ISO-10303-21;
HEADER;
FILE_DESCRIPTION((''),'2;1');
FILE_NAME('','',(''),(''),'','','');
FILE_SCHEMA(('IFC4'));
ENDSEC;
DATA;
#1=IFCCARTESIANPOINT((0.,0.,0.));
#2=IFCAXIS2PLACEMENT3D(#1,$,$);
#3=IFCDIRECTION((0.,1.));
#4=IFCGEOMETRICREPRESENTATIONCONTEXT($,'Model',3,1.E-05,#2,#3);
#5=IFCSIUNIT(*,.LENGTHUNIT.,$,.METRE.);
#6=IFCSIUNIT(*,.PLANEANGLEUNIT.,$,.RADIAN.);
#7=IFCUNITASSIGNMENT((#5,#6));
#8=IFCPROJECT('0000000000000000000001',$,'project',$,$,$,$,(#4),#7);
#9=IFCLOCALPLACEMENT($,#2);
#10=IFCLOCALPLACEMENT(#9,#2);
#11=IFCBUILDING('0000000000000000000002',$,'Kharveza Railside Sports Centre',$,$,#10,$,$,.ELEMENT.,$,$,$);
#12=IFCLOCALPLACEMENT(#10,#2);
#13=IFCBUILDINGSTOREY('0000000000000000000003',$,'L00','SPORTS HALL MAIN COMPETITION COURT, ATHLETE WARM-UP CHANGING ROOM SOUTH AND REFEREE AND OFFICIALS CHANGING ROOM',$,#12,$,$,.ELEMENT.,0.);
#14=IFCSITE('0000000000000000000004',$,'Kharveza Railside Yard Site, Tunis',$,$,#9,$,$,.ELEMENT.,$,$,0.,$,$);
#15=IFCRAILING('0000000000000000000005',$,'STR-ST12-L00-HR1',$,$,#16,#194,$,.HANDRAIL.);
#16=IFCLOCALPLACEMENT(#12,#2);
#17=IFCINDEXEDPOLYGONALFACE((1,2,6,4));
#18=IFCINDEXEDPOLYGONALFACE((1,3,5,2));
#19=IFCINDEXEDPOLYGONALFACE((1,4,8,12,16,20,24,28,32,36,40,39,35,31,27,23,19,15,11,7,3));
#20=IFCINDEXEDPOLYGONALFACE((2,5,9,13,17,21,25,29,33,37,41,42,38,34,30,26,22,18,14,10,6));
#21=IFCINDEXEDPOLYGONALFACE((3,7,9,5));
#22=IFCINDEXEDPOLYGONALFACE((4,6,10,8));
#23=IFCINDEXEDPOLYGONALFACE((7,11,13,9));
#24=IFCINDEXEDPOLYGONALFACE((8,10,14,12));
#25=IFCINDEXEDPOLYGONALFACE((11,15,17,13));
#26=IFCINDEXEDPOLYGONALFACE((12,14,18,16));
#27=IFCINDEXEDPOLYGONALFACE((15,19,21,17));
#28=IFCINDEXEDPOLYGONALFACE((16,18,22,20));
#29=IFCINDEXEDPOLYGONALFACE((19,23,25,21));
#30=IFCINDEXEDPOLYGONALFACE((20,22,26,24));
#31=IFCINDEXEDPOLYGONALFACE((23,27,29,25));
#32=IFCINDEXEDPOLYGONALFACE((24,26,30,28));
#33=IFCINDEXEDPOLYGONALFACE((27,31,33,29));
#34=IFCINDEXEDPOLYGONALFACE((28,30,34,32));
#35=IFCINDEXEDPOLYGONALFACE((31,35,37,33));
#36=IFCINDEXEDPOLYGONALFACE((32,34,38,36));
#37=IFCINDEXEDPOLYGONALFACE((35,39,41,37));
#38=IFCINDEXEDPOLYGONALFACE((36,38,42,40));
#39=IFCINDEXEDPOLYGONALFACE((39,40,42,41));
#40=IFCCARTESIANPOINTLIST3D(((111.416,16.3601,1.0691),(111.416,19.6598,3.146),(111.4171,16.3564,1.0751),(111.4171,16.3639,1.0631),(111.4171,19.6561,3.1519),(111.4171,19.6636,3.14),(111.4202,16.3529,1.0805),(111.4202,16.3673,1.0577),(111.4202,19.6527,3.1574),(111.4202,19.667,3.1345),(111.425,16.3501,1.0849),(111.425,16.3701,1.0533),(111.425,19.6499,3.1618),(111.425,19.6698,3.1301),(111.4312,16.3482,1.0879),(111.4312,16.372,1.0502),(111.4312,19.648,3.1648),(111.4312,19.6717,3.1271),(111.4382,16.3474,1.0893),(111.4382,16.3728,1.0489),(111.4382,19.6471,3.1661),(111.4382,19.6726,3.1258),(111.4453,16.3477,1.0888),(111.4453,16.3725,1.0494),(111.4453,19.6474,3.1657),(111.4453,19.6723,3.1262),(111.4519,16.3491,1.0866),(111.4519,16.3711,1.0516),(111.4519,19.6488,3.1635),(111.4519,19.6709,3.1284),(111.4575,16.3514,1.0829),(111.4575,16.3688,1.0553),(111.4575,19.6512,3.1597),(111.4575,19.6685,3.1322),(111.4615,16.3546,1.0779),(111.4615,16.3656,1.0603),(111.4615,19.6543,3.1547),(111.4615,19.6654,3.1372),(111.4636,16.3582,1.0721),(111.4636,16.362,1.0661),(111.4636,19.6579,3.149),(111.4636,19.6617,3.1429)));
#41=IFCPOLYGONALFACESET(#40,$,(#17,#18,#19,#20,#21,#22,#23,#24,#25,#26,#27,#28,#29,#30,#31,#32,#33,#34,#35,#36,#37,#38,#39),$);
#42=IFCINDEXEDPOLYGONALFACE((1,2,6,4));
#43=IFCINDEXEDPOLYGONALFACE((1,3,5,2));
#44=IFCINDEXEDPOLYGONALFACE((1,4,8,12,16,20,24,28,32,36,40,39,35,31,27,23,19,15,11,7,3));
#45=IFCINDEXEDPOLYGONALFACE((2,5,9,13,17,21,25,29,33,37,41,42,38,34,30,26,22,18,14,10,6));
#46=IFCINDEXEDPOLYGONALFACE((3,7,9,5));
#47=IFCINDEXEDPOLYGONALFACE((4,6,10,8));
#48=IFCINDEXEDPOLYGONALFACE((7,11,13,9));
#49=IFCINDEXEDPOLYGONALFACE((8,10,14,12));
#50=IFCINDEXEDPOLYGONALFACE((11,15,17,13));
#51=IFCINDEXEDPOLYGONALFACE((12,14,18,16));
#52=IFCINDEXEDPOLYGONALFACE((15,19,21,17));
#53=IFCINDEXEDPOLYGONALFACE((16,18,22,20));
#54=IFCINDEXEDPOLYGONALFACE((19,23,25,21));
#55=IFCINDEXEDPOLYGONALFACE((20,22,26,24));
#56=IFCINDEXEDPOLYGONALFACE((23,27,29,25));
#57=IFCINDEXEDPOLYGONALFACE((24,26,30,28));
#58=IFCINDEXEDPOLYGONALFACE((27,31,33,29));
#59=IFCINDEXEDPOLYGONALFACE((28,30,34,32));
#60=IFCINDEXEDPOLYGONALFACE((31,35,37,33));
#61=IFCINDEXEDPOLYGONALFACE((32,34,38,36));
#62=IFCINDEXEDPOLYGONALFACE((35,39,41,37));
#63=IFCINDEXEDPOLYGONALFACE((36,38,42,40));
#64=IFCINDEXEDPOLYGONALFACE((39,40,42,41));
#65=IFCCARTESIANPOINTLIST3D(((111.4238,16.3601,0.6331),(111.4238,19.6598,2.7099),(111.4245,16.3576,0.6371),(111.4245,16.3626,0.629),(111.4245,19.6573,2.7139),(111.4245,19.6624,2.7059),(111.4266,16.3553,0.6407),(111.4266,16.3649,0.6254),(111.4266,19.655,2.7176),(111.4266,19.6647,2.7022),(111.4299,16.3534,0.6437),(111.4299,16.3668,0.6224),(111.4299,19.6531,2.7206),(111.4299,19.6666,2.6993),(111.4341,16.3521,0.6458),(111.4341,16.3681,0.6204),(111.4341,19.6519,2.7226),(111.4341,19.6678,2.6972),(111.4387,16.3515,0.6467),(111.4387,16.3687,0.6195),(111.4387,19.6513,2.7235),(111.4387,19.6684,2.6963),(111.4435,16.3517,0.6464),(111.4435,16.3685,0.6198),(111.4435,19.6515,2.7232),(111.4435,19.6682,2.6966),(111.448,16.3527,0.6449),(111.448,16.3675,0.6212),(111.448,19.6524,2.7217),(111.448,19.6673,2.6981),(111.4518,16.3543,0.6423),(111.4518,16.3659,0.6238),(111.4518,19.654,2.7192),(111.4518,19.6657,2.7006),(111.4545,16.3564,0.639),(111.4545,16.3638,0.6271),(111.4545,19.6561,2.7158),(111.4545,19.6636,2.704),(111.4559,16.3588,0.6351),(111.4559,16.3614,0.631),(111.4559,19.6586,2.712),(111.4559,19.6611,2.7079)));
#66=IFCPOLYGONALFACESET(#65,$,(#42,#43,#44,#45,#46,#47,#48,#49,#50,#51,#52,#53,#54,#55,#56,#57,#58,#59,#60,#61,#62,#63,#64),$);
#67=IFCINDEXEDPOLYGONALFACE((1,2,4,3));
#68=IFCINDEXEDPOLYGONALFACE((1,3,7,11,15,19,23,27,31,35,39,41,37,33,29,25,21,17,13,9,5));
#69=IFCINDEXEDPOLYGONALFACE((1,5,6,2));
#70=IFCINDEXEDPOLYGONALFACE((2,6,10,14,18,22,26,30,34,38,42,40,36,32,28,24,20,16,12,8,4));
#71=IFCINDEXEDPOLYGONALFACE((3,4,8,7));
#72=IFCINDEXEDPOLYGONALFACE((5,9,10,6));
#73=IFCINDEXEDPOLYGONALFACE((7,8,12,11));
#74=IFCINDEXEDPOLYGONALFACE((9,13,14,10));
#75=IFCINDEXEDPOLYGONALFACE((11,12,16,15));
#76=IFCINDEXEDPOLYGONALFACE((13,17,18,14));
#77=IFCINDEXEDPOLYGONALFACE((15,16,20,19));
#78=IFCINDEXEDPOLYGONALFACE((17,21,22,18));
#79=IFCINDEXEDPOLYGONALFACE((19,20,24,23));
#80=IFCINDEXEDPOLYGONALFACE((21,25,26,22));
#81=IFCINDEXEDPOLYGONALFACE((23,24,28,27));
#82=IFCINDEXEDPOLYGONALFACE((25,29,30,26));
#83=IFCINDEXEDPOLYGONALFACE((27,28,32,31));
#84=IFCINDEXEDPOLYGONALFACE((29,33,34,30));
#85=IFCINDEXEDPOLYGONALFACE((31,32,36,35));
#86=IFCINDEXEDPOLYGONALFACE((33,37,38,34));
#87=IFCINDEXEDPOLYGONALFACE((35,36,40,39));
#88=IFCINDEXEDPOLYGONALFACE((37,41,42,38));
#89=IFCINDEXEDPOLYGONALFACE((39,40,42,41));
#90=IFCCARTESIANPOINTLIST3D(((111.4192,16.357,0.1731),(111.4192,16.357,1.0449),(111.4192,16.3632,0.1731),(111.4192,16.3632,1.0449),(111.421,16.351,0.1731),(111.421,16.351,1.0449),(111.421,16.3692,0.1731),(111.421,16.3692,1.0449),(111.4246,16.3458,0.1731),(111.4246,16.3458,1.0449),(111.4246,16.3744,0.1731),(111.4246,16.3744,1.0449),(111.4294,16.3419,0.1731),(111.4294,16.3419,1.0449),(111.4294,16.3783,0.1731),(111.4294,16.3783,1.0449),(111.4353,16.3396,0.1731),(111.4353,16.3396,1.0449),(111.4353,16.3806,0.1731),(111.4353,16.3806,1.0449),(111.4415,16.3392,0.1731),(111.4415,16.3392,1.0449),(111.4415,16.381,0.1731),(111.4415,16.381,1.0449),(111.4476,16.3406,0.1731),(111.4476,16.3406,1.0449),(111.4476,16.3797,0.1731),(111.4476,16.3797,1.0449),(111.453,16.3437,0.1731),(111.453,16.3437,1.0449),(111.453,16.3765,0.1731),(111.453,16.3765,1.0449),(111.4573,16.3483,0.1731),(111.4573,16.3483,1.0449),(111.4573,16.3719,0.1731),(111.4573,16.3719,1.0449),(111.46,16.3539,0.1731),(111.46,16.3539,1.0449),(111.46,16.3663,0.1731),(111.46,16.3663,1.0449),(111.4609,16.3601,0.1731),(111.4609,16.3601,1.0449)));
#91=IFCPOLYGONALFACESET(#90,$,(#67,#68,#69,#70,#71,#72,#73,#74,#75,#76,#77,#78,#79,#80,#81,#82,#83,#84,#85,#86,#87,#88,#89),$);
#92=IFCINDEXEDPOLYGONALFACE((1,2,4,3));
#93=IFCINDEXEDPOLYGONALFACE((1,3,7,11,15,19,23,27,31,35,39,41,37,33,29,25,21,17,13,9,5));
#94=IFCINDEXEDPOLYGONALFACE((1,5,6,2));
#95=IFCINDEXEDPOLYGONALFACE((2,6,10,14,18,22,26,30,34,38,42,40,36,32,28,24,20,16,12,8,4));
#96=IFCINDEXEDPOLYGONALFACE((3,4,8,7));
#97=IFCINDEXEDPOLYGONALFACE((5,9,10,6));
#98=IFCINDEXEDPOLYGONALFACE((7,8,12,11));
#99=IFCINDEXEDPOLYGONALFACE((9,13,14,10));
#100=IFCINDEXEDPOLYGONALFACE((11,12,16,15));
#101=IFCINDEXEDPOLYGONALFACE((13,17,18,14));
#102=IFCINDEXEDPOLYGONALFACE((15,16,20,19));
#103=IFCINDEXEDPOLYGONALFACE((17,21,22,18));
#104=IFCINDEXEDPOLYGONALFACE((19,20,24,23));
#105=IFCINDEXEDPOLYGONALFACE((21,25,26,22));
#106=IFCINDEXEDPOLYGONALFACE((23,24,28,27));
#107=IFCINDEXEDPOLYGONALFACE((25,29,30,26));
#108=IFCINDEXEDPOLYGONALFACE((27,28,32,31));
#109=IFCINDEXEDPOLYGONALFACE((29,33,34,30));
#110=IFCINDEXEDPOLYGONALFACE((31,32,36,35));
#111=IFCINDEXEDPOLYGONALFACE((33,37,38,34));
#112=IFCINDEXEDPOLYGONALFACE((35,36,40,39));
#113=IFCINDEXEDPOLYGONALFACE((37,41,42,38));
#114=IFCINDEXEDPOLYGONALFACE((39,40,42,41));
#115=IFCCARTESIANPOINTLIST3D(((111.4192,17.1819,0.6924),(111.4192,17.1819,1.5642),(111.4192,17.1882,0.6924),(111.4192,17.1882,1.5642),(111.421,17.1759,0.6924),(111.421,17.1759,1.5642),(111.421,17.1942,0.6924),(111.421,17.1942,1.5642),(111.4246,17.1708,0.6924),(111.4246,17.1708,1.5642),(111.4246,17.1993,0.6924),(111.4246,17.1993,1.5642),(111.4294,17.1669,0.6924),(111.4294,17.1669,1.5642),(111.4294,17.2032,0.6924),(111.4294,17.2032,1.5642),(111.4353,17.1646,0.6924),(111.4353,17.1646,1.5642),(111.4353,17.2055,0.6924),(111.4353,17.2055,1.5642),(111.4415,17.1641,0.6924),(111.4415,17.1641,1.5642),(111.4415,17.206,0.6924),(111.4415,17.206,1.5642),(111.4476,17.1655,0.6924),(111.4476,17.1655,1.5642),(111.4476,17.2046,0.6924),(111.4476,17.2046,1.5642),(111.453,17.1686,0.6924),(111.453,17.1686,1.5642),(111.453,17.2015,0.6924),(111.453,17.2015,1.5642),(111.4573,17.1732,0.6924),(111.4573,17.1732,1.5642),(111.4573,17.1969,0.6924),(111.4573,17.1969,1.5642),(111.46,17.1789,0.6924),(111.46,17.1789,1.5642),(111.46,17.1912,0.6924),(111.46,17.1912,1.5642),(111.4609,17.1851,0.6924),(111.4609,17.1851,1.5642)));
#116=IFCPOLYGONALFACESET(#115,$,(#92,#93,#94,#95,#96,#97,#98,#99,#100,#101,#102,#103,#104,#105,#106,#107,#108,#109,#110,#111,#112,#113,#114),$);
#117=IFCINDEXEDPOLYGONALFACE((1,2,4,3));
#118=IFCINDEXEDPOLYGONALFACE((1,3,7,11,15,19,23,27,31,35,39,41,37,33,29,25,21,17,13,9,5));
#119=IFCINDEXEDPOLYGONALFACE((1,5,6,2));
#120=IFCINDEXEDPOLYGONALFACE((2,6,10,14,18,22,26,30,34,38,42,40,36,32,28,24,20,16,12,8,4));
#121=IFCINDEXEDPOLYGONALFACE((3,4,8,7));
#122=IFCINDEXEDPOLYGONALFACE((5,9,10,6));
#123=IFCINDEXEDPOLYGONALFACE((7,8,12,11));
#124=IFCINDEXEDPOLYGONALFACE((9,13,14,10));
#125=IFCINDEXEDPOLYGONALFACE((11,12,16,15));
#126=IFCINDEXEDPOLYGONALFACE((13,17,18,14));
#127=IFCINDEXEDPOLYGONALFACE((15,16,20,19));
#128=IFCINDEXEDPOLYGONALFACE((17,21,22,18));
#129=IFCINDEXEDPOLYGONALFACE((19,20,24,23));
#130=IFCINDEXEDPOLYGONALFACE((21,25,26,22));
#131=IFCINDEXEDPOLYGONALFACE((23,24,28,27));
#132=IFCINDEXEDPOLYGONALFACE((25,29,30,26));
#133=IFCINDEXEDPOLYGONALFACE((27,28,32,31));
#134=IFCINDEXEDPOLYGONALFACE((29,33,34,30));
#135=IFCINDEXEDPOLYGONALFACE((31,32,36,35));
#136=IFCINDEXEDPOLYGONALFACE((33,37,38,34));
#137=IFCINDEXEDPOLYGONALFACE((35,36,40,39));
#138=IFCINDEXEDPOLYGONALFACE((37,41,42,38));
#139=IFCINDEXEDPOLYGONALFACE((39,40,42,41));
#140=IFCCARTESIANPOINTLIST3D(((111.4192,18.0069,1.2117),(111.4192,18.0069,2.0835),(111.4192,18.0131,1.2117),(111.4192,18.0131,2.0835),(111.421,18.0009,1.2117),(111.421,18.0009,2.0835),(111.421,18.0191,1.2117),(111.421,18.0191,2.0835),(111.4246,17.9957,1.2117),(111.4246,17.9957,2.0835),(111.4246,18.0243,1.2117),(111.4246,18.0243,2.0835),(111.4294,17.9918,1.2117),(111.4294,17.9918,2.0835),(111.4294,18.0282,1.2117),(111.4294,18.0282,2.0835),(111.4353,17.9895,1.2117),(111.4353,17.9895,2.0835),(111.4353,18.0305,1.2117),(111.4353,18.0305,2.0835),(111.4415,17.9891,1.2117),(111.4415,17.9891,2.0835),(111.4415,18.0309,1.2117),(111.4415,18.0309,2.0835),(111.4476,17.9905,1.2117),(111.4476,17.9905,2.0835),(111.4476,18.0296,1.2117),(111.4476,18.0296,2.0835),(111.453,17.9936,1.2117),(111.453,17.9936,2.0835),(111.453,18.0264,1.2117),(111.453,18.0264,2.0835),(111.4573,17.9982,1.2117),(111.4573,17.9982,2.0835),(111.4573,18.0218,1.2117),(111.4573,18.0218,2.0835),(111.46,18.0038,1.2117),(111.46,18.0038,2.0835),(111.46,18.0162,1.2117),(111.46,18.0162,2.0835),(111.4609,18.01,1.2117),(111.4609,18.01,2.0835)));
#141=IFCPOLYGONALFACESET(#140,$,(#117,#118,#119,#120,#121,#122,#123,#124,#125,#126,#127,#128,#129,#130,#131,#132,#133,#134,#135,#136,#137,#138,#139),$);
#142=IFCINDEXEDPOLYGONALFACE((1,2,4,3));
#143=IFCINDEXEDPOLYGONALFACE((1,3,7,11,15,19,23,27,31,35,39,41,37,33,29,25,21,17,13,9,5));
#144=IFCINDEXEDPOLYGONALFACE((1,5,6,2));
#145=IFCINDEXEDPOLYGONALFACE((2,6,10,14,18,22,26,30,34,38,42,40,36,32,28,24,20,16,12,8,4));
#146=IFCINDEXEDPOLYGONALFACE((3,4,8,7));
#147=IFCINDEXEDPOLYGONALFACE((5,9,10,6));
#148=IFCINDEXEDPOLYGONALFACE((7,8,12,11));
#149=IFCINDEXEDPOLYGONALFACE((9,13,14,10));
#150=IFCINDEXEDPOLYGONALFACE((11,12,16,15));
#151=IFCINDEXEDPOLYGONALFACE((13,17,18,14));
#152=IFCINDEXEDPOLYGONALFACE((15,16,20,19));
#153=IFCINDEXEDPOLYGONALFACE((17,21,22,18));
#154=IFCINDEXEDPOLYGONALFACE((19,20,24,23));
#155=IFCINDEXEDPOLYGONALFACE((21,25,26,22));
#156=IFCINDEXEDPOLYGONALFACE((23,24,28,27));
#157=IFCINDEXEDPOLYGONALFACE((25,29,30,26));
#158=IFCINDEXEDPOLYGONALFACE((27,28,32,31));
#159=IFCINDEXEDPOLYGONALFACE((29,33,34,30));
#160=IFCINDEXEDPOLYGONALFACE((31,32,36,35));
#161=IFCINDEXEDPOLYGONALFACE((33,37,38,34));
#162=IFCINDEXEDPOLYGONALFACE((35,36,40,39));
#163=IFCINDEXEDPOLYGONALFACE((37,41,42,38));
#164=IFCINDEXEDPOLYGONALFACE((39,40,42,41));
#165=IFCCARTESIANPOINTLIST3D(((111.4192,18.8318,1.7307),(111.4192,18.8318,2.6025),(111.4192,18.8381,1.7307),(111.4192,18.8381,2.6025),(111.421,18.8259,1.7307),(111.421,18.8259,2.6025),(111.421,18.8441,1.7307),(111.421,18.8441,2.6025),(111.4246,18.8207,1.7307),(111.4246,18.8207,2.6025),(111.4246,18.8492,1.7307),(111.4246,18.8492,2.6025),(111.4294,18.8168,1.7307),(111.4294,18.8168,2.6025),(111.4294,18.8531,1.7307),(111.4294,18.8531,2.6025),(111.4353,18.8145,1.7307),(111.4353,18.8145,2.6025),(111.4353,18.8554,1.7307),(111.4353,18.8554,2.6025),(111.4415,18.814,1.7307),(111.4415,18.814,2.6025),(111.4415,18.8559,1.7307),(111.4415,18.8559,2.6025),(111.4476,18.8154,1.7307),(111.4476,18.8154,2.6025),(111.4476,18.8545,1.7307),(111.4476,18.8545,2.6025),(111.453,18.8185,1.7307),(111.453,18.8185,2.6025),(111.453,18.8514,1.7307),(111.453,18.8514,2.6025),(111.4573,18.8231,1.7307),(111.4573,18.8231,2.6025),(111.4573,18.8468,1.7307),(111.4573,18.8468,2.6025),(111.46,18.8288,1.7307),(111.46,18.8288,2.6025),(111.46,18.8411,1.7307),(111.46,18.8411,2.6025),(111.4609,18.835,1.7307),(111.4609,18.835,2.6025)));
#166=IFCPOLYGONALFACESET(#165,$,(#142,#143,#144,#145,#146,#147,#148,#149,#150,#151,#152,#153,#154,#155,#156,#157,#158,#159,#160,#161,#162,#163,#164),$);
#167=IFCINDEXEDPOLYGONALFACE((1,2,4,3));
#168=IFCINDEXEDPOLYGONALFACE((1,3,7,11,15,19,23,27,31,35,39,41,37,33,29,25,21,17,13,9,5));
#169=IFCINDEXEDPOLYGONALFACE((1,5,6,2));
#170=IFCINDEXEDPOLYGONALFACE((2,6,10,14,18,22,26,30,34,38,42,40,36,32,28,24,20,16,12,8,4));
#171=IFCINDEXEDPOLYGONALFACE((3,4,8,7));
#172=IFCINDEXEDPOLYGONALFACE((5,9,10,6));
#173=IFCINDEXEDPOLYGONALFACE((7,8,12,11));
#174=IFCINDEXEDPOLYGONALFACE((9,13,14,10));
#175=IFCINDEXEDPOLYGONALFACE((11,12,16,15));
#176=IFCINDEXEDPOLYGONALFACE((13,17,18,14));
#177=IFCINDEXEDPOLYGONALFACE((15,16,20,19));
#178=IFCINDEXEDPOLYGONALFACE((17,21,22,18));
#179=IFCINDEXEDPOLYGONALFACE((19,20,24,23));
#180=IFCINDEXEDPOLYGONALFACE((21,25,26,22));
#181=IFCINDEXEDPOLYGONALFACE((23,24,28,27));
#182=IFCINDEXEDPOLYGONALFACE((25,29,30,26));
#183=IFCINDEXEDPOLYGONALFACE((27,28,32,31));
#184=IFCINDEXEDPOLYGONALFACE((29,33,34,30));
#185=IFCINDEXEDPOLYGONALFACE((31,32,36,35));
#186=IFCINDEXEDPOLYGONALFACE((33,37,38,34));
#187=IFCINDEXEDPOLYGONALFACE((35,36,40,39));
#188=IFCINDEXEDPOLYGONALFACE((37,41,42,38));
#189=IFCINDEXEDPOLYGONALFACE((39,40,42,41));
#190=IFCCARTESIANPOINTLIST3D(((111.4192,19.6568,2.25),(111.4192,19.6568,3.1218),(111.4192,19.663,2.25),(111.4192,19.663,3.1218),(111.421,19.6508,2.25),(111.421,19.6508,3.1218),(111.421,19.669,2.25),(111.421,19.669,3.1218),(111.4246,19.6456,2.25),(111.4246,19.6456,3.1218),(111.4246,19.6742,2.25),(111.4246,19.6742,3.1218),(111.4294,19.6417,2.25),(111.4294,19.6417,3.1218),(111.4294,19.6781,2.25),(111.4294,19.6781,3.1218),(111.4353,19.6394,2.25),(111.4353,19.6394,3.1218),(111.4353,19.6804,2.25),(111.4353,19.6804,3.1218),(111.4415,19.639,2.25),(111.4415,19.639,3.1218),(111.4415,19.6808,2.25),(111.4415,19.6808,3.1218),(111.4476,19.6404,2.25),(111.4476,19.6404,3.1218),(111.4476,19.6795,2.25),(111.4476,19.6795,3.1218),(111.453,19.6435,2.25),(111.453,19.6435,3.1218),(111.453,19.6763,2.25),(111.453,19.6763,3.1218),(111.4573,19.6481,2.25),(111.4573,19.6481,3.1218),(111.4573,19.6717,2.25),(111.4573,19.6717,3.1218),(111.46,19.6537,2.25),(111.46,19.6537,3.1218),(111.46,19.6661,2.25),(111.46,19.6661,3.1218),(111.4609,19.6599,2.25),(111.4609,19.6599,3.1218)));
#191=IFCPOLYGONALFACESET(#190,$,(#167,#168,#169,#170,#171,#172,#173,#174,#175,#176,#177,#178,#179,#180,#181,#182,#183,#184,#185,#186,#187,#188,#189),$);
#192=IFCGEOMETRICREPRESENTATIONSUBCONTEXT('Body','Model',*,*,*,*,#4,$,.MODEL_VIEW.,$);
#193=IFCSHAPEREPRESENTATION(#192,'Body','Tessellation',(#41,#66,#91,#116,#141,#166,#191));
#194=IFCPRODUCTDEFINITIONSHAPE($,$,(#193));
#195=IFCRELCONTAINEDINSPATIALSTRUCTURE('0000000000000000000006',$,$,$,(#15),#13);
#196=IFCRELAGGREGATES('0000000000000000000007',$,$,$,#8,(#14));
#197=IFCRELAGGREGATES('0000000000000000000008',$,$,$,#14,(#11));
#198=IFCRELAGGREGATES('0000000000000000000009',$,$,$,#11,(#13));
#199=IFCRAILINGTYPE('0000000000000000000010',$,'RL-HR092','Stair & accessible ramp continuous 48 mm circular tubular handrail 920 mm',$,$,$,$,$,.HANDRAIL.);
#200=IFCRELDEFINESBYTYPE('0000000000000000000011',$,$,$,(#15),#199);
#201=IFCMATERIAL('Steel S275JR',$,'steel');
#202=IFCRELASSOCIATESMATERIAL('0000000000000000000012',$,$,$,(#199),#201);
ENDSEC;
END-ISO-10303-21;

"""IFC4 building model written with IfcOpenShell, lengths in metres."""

from ifc_helpers import new_model, si_unit, direction, frame, origin, origin_2d, place, context, subcontext, project, spatial, circle, extrude, material, type_object, element, save


model = new_model("IFC4")

# Units and contexts
model_context = context("Model", 3, precision=1e-05, world=origin(), true_north=direction((0.0, 1.0)))
body_context = subcontext(model_context, "Body", "Model", "MODEL_VIEW")
ifc_project = project(units=[si_unit("LENGTHUNIT", "METRE"), si_unit("PLANEANGLEUNIT", "RADIAN")], contexts=[model_context])

# Site, building, storey
site_placement = place(None, origin())
site = spatial("IfcSite", under=ifc_project, at=site_placement, Name="Kharveza Railside Yard Site, Tunis", CompositionType="ELEMENT", RefElevation=0.0)
building_placement = place(site_placement, origin())
building = spatial("IfcBuilding", under=site, at=building_placement, Name="Kharveza Railside Sports Centre", CompositionType="ELEMENT")
storey_placement = place(building_placement, origin())
storey = spatial("IfcBuildingStorey", under=building, at=storey_placement, Name="L00", Description="SPORTS HALL MAIN COMPETITION COURT, ATHLETE WARM-UP CHANGING ROOM SOUTH AND REFEREE AND OFFICIALS CHANGING ROOM", CompositionType="ELEMENT", Elevation=0.0)

# Railing
ifc_material_1 = material(Name="Steel S275JR", Category="steel")
railing_type_1 = type_object("IfcRailingType", Name="RL-HR092", Description="Stair & accessible ramp continuous 48 mm circular tubular handrail 920 mm", PredefinedType="HANDRAIL", material=ifc_material_1)
railing_1_placement = place(storey_placement, frame((111.4399, 16.3601, 0.1731)))
element("IfcRailing", 1, at=railing_1_placement, inside=storey, type_object=railing_type_1, Name="STR-ST12-L00-HR1", PredefinedType="HANDRAIL", context=body_context, shape_type="SweptSolid", body=[
    extrude(circle(Radius=0.0239, at=origin_2d()), frame((0.0, 0.0, 0.896), z_axis=(0.0, 0.84632, 0.532675), x_axis=(-1.0, 0.0, 0.0)), (0.0, 0.0, 1.0), 3.8989),
    extrude(circle(Radius=0.0161, at=origin_2d()), frame((0.0, 0.0, 0.46), z_axis=(0.0, 0.84632, 0.532675), x_axis=(-1.0, 0.0, 0.0)), (0.0, 0.0, 1.0), 3.8989),
    extrude(circle(Radius=0.021, at=origin_2d()), origin(), (0.0, 0.0, 1.0), 0.8718),
    extrude(circle(Radius=0.021, at=origin_2d()), frame((0.0, 0.825, 0.5193)), (0.0, 0.0, 1.0), 0.8718),
    extrude(circle(Radius=0.021, at=origin_2d()), frame((0.0, 1.6499, 1.0386)), (0.0, 0.0, 1.0), 0.8718),
    extrude(circle(Radius=0.021, at=origin_2d()), frame((0.0, 2.4749, 1.5576)), (0.0, 0.0, 1.0), 0.8718),
    extrude(circle(Radius=0.021, at=origin_2d()), frame((0.0, 3.2998, 2.0769)), (0.0, 0.0, 1.0), 0.8718),
])

save(model, "model.ifc")
